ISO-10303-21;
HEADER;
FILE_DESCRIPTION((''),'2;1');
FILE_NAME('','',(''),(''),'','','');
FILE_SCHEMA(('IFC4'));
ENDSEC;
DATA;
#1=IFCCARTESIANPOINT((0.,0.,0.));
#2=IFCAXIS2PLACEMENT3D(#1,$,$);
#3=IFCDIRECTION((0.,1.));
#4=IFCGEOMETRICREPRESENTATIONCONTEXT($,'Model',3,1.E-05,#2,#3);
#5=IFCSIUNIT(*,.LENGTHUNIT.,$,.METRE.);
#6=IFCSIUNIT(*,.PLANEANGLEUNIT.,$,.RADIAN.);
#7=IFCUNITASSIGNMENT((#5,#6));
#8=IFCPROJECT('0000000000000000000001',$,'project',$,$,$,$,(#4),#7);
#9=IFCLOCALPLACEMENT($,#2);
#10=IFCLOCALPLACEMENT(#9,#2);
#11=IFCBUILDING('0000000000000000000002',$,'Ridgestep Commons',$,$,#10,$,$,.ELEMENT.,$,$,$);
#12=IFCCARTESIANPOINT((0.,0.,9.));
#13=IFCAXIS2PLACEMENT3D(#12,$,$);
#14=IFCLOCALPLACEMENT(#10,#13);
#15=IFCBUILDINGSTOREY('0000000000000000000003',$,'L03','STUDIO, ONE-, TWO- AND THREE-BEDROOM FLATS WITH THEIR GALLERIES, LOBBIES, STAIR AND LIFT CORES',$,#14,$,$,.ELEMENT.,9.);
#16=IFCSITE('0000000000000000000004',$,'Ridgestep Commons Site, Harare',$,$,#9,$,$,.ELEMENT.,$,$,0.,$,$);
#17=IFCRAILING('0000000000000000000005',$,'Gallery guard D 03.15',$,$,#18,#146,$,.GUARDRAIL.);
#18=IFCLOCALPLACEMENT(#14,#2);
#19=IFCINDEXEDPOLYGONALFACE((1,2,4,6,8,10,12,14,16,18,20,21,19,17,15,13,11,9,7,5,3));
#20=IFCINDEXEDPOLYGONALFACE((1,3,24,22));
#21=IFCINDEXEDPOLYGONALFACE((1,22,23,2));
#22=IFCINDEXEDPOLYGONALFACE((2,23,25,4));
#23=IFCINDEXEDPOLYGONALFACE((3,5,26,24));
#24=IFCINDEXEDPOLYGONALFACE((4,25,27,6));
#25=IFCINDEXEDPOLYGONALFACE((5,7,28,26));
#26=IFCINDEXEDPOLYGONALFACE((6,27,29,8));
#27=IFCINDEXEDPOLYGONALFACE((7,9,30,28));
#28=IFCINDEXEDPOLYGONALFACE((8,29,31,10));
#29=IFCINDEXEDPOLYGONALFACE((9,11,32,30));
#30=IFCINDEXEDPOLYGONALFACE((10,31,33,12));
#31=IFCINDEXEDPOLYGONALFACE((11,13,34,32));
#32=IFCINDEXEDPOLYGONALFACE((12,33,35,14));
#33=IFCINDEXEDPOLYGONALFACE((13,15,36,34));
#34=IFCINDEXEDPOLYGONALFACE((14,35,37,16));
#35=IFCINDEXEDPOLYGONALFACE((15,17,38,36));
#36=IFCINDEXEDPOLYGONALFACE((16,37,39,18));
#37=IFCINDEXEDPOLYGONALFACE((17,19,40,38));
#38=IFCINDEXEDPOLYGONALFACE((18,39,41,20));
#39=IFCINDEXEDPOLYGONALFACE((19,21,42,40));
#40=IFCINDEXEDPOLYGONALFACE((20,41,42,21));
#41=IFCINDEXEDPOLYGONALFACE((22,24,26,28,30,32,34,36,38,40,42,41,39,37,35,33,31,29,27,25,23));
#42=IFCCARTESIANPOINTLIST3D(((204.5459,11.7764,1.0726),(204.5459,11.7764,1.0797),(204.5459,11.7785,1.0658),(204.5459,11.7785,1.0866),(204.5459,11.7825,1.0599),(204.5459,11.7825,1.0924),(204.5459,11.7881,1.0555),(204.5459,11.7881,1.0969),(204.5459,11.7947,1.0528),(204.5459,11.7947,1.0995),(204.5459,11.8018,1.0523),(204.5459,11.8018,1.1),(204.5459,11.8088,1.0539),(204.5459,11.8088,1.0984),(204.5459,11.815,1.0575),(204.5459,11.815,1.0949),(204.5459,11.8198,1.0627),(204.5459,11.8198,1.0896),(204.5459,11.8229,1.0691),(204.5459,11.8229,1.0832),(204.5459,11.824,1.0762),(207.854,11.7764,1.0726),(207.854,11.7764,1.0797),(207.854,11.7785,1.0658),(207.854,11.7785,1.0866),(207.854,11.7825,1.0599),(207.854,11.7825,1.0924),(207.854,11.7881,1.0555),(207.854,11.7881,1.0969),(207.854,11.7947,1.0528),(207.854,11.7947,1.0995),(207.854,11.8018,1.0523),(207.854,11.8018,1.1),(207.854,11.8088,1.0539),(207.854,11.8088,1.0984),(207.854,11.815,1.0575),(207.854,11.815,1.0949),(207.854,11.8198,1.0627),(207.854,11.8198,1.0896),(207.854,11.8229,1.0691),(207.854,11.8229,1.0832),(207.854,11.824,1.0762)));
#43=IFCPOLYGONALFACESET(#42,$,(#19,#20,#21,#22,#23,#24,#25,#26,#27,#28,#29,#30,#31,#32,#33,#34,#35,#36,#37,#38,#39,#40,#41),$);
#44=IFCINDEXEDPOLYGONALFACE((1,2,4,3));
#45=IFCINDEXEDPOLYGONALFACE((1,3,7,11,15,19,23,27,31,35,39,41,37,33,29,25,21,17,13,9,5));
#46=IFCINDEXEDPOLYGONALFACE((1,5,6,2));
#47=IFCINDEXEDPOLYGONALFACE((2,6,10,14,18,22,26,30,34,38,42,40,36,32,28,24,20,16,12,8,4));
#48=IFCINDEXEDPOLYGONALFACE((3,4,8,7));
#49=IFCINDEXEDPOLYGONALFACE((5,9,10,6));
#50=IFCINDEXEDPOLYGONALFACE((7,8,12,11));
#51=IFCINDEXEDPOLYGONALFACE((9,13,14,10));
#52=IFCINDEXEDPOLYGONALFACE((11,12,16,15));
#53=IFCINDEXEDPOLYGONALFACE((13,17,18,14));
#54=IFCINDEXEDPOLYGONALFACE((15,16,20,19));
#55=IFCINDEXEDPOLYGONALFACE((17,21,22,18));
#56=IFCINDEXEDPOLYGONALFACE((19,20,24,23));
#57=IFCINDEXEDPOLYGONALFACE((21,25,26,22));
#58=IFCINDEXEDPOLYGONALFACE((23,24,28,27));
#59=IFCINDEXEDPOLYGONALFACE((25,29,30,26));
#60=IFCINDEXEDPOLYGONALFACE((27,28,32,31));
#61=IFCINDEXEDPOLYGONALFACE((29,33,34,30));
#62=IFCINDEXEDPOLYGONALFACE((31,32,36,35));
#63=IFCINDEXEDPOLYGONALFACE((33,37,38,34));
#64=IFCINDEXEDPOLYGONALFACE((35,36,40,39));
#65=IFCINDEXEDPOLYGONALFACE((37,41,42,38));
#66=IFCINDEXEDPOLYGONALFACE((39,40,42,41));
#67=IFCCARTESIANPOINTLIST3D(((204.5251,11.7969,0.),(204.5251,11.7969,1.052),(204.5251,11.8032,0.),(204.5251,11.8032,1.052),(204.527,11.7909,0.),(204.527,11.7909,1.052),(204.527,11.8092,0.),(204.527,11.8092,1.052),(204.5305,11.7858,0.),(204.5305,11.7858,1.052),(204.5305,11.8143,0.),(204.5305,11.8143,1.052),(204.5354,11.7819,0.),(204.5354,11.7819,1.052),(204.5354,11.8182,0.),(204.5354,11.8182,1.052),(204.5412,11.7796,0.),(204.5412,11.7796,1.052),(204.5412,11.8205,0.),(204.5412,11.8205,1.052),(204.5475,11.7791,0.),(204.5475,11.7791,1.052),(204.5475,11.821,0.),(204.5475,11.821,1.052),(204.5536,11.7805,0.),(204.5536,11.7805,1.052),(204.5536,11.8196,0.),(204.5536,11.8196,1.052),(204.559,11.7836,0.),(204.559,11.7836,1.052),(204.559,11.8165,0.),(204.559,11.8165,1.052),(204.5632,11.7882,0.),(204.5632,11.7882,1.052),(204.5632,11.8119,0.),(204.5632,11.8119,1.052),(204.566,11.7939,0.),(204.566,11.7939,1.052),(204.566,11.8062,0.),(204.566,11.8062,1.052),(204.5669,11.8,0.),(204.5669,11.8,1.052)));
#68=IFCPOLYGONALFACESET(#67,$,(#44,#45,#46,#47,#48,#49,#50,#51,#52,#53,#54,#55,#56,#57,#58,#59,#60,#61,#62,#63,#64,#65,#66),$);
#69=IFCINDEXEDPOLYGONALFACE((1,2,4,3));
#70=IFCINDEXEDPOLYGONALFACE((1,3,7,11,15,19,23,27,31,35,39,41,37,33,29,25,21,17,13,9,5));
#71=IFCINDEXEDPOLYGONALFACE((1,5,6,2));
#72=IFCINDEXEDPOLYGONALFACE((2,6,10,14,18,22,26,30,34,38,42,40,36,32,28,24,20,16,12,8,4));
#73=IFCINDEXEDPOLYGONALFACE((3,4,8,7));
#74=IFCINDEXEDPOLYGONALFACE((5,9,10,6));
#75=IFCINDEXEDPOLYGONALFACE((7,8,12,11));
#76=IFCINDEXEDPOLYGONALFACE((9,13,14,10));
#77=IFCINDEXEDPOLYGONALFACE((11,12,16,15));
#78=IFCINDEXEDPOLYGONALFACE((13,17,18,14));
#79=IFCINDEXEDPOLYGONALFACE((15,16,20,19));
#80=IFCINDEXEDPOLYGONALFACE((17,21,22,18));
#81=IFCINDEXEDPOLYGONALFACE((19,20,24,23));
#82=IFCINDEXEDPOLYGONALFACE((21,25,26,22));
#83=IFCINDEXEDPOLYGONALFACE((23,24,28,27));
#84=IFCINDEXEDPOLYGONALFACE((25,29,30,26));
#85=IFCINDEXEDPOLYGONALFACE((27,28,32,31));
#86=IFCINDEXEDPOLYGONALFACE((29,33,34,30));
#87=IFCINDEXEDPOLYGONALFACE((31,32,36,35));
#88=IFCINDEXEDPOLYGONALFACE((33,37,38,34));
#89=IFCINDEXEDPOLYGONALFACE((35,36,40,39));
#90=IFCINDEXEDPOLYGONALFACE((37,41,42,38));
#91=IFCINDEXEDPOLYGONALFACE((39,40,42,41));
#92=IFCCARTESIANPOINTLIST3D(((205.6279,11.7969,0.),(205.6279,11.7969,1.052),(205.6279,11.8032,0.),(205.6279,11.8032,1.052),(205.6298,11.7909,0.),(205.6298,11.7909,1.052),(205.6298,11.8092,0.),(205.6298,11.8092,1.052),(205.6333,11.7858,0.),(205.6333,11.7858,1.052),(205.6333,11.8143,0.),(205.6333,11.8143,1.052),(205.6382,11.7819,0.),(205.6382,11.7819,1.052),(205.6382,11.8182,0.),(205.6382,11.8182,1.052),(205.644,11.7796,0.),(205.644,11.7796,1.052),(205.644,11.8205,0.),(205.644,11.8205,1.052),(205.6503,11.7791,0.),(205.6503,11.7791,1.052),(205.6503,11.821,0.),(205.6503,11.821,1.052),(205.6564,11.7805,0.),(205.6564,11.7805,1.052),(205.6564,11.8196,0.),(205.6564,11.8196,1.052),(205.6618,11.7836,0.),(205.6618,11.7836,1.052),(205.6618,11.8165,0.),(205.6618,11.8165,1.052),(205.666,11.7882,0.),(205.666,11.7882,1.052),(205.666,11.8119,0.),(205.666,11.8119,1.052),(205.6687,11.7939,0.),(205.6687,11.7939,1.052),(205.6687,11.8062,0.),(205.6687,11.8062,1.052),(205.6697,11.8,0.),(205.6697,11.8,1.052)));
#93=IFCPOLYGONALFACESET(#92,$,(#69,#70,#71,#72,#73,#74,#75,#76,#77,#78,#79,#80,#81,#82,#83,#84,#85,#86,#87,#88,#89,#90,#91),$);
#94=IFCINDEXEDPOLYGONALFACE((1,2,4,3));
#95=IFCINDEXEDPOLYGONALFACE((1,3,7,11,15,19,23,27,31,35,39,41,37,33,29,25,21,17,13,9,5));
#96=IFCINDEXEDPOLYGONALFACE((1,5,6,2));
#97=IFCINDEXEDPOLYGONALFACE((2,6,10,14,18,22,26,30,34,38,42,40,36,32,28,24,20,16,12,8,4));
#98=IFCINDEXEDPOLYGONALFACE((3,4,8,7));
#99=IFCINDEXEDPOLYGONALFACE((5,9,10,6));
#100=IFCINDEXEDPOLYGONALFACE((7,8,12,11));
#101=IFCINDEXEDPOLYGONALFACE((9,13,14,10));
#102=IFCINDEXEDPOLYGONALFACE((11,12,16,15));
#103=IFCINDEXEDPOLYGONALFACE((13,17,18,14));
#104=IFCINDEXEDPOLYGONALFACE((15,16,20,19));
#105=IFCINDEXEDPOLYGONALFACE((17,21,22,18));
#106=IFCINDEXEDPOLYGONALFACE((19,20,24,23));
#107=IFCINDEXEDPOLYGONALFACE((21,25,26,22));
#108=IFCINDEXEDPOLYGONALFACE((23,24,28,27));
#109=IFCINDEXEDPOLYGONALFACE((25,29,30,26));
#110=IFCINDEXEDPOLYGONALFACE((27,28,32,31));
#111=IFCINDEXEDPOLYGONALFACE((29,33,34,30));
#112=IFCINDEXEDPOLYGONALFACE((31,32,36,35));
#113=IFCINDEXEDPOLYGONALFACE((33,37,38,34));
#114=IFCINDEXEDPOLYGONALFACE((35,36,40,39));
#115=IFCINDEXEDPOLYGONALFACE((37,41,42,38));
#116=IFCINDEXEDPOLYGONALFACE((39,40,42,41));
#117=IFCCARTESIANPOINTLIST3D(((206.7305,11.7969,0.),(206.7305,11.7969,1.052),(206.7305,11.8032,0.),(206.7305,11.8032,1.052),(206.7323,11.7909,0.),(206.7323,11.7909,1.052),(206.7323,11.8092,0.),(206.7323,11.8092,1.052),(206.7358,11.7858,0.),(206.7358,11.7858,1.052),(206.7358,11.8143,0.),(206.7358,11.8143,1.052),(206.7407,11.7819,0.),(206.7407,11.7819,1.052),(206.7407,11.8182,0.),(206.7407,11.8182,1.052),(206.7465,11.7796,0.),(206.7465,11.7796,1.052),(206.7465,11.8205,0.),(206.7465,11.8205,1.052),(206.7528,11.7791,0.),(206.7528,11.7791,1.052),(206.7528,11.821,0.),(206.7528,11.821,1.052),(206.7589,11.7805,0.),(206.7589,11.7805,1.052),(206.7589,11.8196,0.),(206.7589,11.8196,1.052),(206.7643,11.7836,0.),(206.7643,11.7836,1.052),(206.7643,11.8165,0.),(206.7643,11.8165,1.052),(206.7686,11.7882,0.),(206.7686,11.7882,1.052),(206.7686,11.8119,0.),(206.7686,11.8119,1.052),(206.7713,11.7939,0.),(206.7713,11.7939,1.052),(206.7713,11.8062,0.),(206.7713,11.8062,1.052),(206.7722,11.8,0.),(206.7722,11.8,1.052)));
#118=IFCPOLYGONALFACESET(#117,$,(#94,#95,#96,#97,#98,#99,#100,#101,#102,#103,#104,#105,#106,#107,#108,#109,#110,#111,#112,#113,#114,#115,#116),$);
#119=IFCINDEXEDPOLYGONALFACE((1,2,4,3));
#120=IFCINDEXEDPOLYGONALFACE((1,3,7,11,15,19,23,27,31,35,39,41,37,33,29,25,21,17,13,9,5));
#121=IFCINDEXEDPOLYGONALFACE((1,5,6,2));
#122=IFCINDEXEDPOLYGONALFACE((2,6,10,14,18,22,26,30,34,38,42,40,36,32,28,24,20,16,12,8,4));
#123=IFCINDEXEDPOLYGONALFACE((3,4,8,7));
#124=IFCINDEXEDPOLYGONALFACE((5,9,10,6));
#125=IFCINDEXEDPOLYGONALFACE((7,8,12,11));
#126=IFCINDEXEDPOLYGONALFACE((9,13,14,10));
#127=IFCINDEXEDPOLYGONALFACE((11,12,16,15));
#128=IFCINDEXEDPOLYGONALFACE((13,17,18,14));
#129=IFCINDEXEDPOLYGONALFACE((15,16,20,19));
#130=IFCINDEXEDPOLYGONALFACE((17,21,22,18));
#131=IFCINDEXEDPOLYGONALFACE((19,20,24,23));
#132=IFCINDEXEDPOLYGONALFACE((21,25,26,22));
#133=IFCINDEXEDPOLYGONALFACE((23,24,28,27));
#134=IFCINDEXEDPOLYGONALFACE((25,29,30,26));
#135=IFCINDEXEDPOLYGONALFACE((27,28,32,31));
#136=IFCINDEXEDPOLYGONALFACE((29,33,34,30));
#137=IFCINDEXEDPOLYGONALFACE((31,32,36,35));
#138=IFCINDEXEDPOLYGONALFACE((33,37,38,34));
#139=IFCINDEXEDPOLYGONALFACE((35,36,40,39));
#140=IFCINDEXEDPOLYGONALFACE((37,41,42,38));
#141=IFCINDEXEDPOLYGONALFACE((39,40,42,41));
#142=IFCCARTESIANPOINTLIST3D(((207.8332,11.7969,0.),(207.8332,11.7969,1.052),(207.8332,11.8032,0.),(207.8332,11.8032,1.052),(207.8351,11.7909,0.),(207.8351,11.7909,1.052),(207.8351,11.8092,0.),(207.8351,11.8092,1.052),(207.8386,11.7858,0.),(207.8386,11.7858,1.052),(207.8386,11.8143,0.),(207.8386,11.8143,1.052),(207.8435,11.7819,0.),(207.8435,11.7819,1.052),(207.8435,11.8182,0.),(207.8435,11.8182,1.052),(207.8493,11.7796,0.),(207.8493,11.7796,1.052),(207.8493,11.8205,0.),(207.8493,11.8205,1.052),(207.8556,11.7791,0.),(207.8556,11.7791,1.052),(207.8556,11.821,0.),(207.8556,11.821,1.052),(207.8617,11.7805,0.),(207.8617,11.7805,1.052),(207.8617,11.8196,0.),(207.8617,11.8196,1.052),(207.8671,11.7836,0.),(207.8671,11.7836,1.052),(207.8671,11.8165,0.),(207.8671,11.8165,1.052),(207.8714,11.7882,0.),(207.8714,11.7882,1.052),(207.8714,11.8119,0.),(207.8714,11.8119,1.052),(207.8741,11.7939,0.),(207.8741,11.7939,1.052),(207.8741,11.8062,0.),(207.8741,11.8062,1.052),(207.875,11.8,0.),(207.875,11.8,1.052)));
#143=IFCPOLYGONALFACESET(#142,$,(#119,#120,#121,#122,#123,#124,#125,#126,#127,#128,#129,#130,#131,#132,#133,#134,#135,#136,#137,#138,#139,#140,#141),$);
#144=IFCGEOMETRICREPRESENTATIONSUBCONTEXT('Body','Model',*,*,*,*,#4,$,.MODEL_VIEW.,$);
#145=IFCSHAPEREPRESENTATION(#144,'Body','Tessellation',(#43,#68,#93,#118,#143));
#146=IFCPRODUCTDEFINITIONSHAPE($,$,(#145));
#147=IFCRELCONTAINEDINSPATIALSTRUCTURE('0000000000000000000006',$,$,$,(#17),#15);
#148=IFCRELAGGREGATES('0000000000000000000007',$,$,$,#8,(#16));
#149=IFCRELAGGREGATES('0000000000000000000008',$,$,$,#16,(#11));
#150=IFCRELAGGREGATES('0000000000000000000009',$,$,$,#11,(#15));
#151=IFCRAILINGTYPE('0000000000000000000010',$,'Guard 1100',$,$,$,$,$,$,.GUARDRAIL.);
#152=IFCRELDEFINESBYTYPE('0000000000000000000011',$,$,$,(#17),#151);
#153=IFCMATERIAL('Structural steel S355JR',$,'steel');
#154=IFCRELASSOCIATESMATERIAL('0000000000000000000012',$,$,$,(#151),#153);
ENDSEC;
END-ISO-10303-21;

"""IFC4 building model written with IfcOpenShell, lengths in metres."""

from ifc_helpers import new_model, si_unit, direction, frame, origin, origin_2d, place, context, subcontext, project, spatial, circle, extrude, material, type_object, element, save


model = new_model("IFC4")

# Units and contexts
model_context = context("Model", 3, precision=1e-05, world=origin(), true_north=direction((0.0, 1.0)))
body_context = subcontext(model_context, "Body", "Model", "MODEL_VIEW")
ifc_project = project(units=[si_unit("LENGTHUNIT", "METRE"), si_unit("PLANEANGLEUNIT", "RADIAN")], contexts=[model_context])

# Site, building, storey
site_placement = place(None, origin())
site = spatial("IfcSite", under=ifc_project, at=site_placement, Name="Ridgestep Commons Site, Harare", CompositionType="ELEMENT", RefElevation=0.0)
building_placement = place(site_placement, origin())
building = spatial("IfcBuilding", under=site, at=building_placement, Name="Ridgestep Commons", CompositionType="ELEMENT")
storey_placement = place(building_placement, frame((0.0, 0.0, 9.0)))
storey = spatial("IfcBuildingStorey", under=building, at=storey_placement, Name="L03", Description="STUDIO, ONE-, TWO- AND THREE-BEDROOM FLATS WITH THEIR GALLERIES, LOBBIES, STAIR AND LIFT CORES", CompositionType="ELEMENT", Elevation=9.0)

# Railing
ifc_material_1 = material(Name="Structural steel S355JR", Category="steel")
railing_type = type_object("IfcRailingType", Name="Guard 1100", PredefinedType="GUARDRAIL", material=ifc_material_1)
railing_1_placement = place(storey_placement, frame((204.5459, 11.8, 0.0)))
element("IfcRailing", 1, at=railing_1_placement, inside=storey, type_object=railing_type, Name="Gallery guard D 03.15", PredefinedType="GUARDRAIL", context=body_context, shape_type="SweptSolid", body=[
    extrude(circle(Radius=0.0239, at=origin_2d()), frame((0.0, 0.0, 1.0762), z_axis=(1.0, 0.0, 0.0), x_axis=(0.0, 1.0, 0.0)), (0.0, 0.0, 1.0), 3.3081),
    extrude(circle(Radius=0.021, at=origin_2d()), origin(), (0.0, 0.0, 1.0), 1.052),
    extrude(circle(Radius=0.021, at=origin_2d()), frame((1.1028, 0.0, 0.0)), (0.0, 0.0, 1.0), 1.052),
    extrude(circle(Radius=0.021, at=origin_2d()), frame((2.2053, 0.0, 0.0)), (0.0, 0.0, 1.0), 1.052),
    extrude(circle(Radius=0.021, at=origin_2d()), frame((3.3081, 0.0, 0.0)), (0.0, 0.0, 1.0), 1.052),
])

save(model, "model.ifc")
